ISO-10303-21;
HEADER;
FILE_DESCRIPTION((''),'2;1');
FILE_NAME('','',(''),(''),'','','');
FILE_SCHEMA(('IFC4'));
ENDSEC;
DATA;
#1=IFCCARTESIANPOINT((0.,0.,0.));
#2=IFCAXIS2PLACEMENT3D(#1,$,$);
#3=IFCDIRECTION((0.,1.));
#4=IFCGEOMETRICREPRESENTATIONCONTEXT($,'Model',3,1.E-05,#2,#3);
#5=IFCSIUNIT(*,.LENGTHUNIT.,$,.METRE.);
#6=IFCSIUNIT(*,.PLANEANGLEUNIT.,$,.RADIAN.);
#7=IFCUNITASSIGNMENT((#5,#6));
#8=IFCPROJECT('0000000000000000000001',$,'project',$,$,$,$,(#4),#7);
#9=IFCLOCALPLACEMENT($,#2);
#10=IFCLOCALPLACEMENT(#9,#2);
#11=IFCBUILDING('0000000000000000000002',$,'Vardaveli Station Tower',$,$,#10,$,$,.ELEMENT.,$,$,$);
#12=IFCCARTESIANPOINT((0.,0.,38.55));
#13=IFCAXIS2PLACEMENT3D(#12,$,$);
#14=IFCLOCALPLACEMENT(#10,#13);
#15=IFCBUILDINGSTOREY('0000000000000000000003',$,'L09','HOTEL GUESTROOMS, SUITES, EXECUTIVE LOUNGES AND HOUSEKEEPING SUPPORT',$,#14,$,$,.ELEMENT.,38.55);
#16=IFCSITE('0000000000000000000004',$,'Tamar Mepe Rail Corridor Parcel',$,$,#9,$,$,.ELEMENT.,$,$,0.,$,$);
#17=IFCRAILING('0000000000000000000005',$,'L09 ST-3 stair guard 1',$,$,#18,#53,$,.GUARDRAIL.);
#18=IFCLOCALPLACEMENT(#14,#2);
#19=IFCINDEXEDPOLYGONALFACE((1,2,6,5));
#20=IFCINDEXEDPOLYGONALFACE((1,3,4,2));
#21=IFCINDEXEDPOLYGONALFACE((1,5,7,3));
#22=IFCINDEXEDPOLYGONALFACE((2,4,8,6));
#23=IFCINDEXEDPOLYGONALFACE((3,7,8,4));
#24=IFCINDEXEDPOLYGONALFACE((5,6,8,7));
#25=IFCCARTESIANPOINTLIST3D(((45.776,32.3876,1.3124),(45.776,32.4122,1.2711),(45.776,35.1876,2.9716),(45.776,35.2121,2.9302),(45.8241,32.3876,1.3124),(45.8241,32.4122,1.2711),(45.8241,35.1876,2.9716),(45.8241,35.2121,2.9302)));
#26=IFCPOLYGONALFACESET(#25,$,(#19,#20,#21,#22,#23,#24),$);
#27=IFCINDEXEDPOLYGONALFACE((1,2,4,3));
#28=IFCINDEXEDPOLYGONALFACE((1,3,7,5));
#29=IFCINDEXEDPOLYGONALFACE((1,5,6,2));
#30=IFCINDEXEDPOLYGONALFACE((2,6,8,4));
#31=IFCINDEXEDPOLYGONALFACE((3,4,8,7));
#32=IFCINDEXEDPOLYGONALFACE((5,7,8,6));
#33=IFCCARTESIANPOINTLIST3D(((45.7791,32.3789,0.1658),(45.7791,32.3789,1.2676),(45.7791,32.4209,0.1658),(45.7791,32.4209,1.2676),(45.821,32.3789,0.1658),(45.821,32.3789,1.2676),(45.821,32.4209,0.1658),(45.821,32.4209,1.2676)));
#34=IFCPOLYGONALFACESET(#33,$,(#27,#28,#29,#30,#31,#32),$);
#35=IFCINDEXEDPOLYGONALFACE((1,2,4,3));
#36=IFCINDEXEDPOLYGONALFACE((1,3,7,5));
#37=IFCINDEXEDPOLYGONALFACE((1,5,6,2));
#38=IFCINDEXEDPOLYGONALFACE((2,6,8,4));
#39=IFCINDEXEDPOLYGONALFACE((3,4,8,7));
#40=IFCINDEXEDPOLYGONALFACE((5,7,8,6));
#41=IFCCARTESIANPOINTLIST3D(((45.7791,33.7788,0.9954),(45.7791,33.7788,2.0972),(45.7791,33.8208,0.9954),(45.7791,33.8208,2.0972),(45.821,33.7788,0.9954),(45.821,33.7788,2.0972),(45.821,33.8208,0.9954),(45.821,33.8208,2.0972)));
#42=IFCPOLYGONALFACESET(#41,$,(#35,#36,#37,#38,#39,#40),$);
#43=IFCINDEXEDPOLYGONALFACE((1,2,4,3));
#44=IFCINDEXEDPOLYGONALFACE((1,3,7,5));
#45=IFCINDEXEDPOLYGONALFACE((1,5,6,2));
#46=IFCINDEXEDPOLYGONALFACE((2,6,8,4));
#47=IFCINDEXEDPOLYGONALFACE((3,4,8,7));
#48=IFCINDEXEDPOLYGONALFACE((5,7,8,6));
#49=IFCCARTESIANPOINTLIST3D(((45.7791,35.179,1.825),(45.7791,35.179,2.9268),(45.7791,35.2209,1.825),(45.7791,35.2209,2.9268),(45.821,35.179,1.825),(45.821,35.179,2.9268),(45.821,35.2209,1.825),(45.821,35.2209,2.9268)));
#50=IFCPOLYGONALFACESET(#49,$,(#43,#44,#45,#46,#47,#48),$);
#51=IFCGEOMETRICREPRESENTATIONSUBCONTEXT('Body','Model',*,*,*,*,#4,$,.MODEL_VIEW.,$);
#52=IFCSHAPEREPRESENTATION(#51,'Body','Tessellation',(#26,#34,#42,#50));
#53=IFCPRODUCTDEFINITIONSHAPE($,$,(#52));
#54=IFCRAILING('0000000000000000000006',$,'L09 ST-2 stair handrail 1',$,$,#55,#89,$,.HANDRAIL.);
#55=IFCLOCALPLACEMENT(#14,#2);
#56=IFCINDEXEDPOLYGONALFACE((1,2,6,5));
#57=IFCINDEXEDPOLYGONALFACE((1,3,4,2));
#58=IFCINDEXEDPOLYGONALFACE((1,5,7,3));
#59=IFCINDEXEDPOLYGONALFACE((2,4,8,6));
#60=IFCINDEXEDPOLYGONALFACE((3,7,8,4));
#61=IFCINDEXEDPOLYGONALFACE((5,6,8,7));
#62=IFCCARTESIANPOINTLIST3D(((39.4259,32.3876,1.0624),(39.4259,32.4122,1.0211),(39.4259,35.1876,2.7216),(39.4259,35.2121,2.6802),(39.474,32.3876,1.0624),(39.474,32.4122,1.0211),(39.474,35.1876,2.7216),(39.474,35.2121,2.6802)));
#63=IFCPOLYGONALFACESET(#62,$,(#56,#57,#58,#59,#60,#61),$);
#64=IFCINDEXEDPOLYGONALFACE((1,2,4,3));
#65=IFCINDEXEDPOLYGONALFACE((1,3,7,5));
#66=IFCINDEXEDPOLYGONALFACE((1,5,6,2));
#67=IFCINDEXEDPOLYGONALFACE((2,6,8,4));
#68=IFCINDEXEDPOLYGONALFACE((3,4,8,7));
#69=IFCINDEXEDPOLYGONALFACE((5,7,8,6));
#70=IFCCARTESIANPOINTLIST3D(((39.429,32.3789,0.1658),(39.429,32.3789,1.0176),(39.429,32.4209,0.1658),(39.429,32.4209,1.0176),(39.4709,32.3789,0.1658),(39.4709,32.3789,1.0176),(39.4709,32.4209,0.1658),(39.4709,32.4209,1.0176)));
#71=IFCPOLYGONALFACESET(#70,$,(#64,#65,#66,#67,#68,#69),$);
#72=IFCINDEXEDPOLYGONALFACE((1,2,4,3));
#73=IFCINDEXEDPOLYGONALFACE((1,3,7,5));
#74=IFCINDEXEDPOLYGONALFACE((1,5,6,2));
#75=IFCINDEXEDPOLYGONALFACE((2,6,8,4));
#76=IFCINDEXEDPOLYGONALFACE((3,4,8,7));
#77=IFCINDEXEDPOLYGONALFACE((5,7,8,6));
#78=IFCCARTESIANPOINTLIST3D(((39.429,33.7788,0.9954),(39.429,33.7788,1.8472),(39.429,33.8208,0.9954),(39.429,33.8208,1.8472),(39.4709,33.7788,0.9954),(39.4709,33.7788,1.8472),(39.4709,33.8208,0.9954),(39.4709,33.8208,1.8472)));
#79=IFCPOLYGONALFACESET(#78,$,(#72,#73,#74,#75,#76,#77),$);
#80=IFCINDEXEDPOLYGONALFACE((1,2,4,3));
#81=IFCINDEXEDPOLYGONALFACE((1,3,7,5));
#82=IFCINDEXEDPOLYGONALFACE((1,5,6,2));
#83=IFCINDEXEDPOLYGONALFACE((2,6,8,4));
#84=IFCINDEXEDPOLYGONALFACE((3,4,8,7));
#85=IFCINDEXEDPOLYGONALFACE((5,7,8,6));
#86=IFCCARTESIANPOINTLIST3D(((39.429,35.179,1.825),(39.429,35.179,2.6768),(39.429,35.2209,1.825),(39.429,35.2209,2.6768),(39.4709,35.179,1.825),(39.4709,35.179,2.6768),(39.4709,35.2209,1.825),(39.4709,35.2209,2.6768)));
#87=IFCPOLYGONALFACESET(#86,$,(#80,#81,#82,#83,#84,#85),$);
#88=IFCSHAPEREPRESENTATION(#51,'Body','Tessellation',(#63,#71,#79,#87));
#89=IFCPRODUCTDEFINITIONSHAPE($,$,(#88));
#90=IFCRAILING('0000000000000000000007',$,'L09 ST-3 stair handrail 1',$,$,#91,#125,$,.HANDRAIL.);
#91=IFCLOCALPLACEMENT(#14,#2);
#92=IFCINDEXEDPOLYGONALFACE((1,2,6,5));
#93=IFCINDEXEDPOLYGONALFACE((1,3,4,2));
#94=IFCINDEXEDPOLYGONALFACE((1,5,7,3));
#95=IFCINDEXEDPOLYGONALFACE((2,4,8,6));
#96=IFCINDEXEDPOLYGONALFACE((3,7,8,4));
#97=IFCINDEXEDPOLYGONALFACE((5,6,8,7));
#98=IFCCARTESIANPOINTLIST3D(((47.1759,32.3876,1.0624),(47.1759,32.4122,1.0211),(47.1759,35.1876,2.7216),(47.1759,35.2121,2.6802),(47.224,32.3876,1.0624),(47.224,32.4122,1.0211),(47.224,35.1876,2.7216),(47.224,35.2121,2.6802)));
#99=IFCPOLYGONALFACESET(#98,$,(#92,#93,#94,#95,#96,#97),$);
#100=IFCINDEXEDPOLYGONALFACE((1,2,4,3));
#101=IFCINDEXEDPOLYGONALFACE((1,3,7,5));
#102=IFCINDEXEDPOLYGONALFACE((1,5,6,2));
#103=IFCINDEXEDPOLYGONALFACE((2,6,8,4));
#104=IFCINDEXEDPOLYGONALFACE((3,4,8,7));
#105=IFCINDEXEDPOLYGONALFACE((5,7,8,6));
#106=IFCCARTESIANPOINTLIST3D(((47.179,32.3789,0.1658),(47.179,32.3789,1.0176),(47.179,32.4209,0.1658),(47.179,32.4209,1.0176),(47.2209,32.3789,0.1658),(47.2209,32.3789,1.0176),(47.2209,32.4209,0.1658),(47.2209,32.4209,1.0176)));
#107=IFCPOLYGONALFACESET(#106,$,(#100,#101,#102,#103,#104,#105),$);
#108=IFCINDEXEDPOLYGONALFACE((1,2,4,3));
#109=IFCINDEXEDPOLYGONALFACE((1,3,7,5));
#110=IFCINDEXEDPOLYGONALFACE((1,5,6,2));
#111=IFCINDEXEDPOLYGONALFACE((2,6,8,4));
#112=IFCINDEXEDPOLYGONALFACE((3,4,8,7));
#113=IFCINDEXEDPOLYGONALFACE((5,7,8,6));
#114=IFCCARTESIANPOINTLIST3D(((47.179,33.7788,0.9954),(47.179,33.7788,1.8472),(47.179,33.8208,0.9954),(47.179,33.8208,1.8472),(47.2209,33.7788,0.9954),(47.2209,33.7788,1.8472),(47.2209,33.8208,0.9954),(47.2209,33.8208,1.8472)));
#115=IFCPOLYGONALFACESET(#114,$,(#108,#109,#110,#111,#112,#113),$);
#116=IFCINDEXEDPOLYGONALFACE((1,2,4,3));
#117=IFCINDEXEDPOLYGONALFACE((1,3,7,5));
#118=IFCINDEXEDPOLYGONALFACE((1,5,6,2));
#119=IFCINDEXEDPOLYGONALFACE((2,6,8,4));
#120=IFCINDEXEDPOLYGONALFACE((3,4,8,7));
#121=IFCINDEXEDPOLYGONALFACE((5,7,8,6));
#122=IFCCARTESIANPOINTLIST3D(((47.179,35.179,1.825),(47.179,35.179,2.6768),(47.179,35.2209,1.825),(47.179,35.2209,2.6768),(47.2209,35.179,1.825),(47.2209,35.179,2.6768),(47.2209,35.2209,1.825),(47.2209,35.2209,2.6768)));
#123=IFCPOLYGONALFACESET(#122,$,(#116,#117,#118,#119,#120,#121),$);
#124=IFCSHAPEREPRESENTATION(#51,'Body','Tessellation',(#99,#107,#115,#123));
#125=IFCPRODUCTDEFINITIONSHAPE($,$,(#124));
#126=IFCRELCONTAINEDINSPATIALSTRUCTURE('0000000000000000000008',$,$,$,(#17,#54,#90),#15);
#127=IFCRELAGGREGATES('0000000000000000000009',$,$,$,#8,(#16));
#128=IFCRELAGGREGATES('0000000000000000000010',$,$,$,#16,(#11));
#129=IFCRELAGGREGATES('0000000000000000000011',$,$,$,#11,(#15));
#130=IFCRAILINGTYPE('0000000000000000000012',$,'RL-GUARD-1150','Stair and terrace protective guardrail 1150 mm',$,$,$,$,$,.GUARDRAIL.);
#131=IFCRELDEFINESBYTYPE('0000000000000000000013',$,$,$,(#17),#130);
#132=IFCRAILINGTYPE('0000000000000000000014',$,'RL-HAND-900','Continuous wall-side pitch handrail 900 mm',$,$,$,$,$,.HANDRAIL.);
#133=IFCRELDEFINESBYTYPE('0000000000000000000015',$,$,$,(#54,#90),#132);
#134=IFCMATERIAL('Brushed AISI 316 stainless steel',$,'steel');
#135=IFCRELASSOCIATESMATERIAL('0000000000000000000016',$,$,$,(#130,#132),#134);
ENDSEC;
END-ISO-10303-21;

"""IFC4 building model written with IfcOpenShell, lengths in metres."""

from ifc_helpers import new_model, si_unit, direction, frame, origin, origin_2d, place, context, subcontext, project, spatial, rectangle, extrude, source, transform, mapped, material, type_object, element, save


model = new_model("IFC4")

# Units and contexts
model_context = context("Model", 3, precision=1e-05, world=origin(), true_north=direction((0.0, 1.0)))
body_context = subcontext(model_context, "Body", "Model", "MODEL_VIEW")
ifc_project = project(units=[si_unit("LENGTHUNIT", "METRE"), si_unit("PLANEANGLEUNIT", "RADIAN")], contexts=[model_context])

# Site, building, storey
site_placement = place(None, origin())
site = spatial("IfcSite", under=ifc_project, at=site_placement, Name="Tamar Mepe Rail Corridor Parcel", CompositionType="ELEMENT", RefElevation=0.0)
building_placement = place(site_placement, origin())
building = spatial("IfcBuilding", under=site, at=building_placement, Name="Vardaveli Station Tower", CompositionType="ELEMENT")
storey_placement = place(building_placement, frame((0.0, 0.0, 38.55)))
storey = spatial("IfcBuildingStorey", under=building, at=storey_placement, Name="L09", Description="HOTEL GUESTROOMS, SUITES, EXECUTIVE LOUNGES AND HOUSEKEEPING SUPPORT", CompositionType="ELEMENT", Elevation=38.55)

# Railings
ifc_material_1 = material(Name="Brushed AISI 316 stainless steel", Category="steel")
railing_type_1 = type_object("IfcRailingType", Name="RL-GUARD-1150", Description="Stair and terrace protective guardrail 1150 mm", PredefinedType="GUARDRAIL", material=ifc_material_1)
shared_shape_1 = source(origin(), body_context, "Body", "SweptSolid", [
    extrude(rectangle(XDim=0.0481, YDim=0.0481, at=origin_2d()), frame((0.0, 0.0, 1.126), z_axis=(0.0, 0.860306, 0.509778), x_axis=(-1.0, 0.0, 0.0)), (0.0, 0.0, 1.0), 3.2546),
    extrude(rectangle(XDim=0.042, YDim=0.042, at=origin_2d()), origin(), (0.0, 0.0, 1.0), 1.1018),
    extrude(rectangle(XDim=0.042, YDim=0.042, at=origin_2d()), frame((0.0, 1.3999, 0.8296)), (0.0, 0.0, 1.0), 1.1018),
    extrude(rectangle(XDim=0.042, YDim=0.042, at=origin_2d()), frame((0.0, 2.8, 1.6592)), (0.0, 0.0, 1.0), 1.1018),
])
railing_1_placement = place(storey_placement, frame((45.8, 32.3999, 0.1658)))
element("IfcRailing", 1, at=railing_1_placement, inside=storey, type_object=railing_type_1, Name="L09 ST-3 stair guard 1", PredefinedType="GUARDRAIL", context=body_context, shape_type="MappedRepresentation", body=[
    mapped(shared_shape_1, transform((0.0, 0.0, 0.0), scale=1.0)),
])
railing_type_2 = type_object("IfcRailingType", Name="RL-HAND-900", Description="Continuous wall-side pitch handrail 900 mm", PredefinedType="HANDRAIL", material=ifc_material_1)
shared_shape_2 = source(origin(), body_context, "Body", "SweptSolid", [
    extrude(rectangle(XDim=0.0481, YDim=0.0481, at=origin_2d()), frame((0.0, 0.0, 0.876), z_axis=(0.0, 0.860306, 0.509778), x_axis=(-1.0, 0.0, 0.0)), (0.0, 0.0, 1.0), 3.2546),
    extrude(rectangle(XDim=0.042, YDim=0.042, at=origin_2d()), origin(), (0.0, 0.0, 1.0), 0.8518),
    extrude(rectangle(XDim=0.042, YDim=0.042, at=origin_2d()), frame((0.0, 1.3999, 0.8296)), (0.0, 0.0, 1.0), 0.8518),
    extrude(rectangle(XDim=0.042, YDim=0.042, at=origin_2d()), frame((0.0, 2.8, 1.6592)), (0.0, 0.0, 1.0), 0.8518),
])
for number, where, name in (
    (2, (39.45, 32.3999, 0.1658), "L09 ST-2 stair handrail 1"),
    (3, (47.2, 32.3999, 0.1658), "L09 ST-3 stair handrail 1"),
):
    element("IfcRailing", number, at=place(storey_placement, frame(where)), inside=storey, type_object=railing_type_2, Name=name, PredefinedType="HANDRAIL", context=body_context, shape_type="MappedRepresentation", body=[
        mapped(shared_shape_2, transform((0.0, 0.0, 0.0), scale=1.0)),
    ])

save(model, "model.ifc")
